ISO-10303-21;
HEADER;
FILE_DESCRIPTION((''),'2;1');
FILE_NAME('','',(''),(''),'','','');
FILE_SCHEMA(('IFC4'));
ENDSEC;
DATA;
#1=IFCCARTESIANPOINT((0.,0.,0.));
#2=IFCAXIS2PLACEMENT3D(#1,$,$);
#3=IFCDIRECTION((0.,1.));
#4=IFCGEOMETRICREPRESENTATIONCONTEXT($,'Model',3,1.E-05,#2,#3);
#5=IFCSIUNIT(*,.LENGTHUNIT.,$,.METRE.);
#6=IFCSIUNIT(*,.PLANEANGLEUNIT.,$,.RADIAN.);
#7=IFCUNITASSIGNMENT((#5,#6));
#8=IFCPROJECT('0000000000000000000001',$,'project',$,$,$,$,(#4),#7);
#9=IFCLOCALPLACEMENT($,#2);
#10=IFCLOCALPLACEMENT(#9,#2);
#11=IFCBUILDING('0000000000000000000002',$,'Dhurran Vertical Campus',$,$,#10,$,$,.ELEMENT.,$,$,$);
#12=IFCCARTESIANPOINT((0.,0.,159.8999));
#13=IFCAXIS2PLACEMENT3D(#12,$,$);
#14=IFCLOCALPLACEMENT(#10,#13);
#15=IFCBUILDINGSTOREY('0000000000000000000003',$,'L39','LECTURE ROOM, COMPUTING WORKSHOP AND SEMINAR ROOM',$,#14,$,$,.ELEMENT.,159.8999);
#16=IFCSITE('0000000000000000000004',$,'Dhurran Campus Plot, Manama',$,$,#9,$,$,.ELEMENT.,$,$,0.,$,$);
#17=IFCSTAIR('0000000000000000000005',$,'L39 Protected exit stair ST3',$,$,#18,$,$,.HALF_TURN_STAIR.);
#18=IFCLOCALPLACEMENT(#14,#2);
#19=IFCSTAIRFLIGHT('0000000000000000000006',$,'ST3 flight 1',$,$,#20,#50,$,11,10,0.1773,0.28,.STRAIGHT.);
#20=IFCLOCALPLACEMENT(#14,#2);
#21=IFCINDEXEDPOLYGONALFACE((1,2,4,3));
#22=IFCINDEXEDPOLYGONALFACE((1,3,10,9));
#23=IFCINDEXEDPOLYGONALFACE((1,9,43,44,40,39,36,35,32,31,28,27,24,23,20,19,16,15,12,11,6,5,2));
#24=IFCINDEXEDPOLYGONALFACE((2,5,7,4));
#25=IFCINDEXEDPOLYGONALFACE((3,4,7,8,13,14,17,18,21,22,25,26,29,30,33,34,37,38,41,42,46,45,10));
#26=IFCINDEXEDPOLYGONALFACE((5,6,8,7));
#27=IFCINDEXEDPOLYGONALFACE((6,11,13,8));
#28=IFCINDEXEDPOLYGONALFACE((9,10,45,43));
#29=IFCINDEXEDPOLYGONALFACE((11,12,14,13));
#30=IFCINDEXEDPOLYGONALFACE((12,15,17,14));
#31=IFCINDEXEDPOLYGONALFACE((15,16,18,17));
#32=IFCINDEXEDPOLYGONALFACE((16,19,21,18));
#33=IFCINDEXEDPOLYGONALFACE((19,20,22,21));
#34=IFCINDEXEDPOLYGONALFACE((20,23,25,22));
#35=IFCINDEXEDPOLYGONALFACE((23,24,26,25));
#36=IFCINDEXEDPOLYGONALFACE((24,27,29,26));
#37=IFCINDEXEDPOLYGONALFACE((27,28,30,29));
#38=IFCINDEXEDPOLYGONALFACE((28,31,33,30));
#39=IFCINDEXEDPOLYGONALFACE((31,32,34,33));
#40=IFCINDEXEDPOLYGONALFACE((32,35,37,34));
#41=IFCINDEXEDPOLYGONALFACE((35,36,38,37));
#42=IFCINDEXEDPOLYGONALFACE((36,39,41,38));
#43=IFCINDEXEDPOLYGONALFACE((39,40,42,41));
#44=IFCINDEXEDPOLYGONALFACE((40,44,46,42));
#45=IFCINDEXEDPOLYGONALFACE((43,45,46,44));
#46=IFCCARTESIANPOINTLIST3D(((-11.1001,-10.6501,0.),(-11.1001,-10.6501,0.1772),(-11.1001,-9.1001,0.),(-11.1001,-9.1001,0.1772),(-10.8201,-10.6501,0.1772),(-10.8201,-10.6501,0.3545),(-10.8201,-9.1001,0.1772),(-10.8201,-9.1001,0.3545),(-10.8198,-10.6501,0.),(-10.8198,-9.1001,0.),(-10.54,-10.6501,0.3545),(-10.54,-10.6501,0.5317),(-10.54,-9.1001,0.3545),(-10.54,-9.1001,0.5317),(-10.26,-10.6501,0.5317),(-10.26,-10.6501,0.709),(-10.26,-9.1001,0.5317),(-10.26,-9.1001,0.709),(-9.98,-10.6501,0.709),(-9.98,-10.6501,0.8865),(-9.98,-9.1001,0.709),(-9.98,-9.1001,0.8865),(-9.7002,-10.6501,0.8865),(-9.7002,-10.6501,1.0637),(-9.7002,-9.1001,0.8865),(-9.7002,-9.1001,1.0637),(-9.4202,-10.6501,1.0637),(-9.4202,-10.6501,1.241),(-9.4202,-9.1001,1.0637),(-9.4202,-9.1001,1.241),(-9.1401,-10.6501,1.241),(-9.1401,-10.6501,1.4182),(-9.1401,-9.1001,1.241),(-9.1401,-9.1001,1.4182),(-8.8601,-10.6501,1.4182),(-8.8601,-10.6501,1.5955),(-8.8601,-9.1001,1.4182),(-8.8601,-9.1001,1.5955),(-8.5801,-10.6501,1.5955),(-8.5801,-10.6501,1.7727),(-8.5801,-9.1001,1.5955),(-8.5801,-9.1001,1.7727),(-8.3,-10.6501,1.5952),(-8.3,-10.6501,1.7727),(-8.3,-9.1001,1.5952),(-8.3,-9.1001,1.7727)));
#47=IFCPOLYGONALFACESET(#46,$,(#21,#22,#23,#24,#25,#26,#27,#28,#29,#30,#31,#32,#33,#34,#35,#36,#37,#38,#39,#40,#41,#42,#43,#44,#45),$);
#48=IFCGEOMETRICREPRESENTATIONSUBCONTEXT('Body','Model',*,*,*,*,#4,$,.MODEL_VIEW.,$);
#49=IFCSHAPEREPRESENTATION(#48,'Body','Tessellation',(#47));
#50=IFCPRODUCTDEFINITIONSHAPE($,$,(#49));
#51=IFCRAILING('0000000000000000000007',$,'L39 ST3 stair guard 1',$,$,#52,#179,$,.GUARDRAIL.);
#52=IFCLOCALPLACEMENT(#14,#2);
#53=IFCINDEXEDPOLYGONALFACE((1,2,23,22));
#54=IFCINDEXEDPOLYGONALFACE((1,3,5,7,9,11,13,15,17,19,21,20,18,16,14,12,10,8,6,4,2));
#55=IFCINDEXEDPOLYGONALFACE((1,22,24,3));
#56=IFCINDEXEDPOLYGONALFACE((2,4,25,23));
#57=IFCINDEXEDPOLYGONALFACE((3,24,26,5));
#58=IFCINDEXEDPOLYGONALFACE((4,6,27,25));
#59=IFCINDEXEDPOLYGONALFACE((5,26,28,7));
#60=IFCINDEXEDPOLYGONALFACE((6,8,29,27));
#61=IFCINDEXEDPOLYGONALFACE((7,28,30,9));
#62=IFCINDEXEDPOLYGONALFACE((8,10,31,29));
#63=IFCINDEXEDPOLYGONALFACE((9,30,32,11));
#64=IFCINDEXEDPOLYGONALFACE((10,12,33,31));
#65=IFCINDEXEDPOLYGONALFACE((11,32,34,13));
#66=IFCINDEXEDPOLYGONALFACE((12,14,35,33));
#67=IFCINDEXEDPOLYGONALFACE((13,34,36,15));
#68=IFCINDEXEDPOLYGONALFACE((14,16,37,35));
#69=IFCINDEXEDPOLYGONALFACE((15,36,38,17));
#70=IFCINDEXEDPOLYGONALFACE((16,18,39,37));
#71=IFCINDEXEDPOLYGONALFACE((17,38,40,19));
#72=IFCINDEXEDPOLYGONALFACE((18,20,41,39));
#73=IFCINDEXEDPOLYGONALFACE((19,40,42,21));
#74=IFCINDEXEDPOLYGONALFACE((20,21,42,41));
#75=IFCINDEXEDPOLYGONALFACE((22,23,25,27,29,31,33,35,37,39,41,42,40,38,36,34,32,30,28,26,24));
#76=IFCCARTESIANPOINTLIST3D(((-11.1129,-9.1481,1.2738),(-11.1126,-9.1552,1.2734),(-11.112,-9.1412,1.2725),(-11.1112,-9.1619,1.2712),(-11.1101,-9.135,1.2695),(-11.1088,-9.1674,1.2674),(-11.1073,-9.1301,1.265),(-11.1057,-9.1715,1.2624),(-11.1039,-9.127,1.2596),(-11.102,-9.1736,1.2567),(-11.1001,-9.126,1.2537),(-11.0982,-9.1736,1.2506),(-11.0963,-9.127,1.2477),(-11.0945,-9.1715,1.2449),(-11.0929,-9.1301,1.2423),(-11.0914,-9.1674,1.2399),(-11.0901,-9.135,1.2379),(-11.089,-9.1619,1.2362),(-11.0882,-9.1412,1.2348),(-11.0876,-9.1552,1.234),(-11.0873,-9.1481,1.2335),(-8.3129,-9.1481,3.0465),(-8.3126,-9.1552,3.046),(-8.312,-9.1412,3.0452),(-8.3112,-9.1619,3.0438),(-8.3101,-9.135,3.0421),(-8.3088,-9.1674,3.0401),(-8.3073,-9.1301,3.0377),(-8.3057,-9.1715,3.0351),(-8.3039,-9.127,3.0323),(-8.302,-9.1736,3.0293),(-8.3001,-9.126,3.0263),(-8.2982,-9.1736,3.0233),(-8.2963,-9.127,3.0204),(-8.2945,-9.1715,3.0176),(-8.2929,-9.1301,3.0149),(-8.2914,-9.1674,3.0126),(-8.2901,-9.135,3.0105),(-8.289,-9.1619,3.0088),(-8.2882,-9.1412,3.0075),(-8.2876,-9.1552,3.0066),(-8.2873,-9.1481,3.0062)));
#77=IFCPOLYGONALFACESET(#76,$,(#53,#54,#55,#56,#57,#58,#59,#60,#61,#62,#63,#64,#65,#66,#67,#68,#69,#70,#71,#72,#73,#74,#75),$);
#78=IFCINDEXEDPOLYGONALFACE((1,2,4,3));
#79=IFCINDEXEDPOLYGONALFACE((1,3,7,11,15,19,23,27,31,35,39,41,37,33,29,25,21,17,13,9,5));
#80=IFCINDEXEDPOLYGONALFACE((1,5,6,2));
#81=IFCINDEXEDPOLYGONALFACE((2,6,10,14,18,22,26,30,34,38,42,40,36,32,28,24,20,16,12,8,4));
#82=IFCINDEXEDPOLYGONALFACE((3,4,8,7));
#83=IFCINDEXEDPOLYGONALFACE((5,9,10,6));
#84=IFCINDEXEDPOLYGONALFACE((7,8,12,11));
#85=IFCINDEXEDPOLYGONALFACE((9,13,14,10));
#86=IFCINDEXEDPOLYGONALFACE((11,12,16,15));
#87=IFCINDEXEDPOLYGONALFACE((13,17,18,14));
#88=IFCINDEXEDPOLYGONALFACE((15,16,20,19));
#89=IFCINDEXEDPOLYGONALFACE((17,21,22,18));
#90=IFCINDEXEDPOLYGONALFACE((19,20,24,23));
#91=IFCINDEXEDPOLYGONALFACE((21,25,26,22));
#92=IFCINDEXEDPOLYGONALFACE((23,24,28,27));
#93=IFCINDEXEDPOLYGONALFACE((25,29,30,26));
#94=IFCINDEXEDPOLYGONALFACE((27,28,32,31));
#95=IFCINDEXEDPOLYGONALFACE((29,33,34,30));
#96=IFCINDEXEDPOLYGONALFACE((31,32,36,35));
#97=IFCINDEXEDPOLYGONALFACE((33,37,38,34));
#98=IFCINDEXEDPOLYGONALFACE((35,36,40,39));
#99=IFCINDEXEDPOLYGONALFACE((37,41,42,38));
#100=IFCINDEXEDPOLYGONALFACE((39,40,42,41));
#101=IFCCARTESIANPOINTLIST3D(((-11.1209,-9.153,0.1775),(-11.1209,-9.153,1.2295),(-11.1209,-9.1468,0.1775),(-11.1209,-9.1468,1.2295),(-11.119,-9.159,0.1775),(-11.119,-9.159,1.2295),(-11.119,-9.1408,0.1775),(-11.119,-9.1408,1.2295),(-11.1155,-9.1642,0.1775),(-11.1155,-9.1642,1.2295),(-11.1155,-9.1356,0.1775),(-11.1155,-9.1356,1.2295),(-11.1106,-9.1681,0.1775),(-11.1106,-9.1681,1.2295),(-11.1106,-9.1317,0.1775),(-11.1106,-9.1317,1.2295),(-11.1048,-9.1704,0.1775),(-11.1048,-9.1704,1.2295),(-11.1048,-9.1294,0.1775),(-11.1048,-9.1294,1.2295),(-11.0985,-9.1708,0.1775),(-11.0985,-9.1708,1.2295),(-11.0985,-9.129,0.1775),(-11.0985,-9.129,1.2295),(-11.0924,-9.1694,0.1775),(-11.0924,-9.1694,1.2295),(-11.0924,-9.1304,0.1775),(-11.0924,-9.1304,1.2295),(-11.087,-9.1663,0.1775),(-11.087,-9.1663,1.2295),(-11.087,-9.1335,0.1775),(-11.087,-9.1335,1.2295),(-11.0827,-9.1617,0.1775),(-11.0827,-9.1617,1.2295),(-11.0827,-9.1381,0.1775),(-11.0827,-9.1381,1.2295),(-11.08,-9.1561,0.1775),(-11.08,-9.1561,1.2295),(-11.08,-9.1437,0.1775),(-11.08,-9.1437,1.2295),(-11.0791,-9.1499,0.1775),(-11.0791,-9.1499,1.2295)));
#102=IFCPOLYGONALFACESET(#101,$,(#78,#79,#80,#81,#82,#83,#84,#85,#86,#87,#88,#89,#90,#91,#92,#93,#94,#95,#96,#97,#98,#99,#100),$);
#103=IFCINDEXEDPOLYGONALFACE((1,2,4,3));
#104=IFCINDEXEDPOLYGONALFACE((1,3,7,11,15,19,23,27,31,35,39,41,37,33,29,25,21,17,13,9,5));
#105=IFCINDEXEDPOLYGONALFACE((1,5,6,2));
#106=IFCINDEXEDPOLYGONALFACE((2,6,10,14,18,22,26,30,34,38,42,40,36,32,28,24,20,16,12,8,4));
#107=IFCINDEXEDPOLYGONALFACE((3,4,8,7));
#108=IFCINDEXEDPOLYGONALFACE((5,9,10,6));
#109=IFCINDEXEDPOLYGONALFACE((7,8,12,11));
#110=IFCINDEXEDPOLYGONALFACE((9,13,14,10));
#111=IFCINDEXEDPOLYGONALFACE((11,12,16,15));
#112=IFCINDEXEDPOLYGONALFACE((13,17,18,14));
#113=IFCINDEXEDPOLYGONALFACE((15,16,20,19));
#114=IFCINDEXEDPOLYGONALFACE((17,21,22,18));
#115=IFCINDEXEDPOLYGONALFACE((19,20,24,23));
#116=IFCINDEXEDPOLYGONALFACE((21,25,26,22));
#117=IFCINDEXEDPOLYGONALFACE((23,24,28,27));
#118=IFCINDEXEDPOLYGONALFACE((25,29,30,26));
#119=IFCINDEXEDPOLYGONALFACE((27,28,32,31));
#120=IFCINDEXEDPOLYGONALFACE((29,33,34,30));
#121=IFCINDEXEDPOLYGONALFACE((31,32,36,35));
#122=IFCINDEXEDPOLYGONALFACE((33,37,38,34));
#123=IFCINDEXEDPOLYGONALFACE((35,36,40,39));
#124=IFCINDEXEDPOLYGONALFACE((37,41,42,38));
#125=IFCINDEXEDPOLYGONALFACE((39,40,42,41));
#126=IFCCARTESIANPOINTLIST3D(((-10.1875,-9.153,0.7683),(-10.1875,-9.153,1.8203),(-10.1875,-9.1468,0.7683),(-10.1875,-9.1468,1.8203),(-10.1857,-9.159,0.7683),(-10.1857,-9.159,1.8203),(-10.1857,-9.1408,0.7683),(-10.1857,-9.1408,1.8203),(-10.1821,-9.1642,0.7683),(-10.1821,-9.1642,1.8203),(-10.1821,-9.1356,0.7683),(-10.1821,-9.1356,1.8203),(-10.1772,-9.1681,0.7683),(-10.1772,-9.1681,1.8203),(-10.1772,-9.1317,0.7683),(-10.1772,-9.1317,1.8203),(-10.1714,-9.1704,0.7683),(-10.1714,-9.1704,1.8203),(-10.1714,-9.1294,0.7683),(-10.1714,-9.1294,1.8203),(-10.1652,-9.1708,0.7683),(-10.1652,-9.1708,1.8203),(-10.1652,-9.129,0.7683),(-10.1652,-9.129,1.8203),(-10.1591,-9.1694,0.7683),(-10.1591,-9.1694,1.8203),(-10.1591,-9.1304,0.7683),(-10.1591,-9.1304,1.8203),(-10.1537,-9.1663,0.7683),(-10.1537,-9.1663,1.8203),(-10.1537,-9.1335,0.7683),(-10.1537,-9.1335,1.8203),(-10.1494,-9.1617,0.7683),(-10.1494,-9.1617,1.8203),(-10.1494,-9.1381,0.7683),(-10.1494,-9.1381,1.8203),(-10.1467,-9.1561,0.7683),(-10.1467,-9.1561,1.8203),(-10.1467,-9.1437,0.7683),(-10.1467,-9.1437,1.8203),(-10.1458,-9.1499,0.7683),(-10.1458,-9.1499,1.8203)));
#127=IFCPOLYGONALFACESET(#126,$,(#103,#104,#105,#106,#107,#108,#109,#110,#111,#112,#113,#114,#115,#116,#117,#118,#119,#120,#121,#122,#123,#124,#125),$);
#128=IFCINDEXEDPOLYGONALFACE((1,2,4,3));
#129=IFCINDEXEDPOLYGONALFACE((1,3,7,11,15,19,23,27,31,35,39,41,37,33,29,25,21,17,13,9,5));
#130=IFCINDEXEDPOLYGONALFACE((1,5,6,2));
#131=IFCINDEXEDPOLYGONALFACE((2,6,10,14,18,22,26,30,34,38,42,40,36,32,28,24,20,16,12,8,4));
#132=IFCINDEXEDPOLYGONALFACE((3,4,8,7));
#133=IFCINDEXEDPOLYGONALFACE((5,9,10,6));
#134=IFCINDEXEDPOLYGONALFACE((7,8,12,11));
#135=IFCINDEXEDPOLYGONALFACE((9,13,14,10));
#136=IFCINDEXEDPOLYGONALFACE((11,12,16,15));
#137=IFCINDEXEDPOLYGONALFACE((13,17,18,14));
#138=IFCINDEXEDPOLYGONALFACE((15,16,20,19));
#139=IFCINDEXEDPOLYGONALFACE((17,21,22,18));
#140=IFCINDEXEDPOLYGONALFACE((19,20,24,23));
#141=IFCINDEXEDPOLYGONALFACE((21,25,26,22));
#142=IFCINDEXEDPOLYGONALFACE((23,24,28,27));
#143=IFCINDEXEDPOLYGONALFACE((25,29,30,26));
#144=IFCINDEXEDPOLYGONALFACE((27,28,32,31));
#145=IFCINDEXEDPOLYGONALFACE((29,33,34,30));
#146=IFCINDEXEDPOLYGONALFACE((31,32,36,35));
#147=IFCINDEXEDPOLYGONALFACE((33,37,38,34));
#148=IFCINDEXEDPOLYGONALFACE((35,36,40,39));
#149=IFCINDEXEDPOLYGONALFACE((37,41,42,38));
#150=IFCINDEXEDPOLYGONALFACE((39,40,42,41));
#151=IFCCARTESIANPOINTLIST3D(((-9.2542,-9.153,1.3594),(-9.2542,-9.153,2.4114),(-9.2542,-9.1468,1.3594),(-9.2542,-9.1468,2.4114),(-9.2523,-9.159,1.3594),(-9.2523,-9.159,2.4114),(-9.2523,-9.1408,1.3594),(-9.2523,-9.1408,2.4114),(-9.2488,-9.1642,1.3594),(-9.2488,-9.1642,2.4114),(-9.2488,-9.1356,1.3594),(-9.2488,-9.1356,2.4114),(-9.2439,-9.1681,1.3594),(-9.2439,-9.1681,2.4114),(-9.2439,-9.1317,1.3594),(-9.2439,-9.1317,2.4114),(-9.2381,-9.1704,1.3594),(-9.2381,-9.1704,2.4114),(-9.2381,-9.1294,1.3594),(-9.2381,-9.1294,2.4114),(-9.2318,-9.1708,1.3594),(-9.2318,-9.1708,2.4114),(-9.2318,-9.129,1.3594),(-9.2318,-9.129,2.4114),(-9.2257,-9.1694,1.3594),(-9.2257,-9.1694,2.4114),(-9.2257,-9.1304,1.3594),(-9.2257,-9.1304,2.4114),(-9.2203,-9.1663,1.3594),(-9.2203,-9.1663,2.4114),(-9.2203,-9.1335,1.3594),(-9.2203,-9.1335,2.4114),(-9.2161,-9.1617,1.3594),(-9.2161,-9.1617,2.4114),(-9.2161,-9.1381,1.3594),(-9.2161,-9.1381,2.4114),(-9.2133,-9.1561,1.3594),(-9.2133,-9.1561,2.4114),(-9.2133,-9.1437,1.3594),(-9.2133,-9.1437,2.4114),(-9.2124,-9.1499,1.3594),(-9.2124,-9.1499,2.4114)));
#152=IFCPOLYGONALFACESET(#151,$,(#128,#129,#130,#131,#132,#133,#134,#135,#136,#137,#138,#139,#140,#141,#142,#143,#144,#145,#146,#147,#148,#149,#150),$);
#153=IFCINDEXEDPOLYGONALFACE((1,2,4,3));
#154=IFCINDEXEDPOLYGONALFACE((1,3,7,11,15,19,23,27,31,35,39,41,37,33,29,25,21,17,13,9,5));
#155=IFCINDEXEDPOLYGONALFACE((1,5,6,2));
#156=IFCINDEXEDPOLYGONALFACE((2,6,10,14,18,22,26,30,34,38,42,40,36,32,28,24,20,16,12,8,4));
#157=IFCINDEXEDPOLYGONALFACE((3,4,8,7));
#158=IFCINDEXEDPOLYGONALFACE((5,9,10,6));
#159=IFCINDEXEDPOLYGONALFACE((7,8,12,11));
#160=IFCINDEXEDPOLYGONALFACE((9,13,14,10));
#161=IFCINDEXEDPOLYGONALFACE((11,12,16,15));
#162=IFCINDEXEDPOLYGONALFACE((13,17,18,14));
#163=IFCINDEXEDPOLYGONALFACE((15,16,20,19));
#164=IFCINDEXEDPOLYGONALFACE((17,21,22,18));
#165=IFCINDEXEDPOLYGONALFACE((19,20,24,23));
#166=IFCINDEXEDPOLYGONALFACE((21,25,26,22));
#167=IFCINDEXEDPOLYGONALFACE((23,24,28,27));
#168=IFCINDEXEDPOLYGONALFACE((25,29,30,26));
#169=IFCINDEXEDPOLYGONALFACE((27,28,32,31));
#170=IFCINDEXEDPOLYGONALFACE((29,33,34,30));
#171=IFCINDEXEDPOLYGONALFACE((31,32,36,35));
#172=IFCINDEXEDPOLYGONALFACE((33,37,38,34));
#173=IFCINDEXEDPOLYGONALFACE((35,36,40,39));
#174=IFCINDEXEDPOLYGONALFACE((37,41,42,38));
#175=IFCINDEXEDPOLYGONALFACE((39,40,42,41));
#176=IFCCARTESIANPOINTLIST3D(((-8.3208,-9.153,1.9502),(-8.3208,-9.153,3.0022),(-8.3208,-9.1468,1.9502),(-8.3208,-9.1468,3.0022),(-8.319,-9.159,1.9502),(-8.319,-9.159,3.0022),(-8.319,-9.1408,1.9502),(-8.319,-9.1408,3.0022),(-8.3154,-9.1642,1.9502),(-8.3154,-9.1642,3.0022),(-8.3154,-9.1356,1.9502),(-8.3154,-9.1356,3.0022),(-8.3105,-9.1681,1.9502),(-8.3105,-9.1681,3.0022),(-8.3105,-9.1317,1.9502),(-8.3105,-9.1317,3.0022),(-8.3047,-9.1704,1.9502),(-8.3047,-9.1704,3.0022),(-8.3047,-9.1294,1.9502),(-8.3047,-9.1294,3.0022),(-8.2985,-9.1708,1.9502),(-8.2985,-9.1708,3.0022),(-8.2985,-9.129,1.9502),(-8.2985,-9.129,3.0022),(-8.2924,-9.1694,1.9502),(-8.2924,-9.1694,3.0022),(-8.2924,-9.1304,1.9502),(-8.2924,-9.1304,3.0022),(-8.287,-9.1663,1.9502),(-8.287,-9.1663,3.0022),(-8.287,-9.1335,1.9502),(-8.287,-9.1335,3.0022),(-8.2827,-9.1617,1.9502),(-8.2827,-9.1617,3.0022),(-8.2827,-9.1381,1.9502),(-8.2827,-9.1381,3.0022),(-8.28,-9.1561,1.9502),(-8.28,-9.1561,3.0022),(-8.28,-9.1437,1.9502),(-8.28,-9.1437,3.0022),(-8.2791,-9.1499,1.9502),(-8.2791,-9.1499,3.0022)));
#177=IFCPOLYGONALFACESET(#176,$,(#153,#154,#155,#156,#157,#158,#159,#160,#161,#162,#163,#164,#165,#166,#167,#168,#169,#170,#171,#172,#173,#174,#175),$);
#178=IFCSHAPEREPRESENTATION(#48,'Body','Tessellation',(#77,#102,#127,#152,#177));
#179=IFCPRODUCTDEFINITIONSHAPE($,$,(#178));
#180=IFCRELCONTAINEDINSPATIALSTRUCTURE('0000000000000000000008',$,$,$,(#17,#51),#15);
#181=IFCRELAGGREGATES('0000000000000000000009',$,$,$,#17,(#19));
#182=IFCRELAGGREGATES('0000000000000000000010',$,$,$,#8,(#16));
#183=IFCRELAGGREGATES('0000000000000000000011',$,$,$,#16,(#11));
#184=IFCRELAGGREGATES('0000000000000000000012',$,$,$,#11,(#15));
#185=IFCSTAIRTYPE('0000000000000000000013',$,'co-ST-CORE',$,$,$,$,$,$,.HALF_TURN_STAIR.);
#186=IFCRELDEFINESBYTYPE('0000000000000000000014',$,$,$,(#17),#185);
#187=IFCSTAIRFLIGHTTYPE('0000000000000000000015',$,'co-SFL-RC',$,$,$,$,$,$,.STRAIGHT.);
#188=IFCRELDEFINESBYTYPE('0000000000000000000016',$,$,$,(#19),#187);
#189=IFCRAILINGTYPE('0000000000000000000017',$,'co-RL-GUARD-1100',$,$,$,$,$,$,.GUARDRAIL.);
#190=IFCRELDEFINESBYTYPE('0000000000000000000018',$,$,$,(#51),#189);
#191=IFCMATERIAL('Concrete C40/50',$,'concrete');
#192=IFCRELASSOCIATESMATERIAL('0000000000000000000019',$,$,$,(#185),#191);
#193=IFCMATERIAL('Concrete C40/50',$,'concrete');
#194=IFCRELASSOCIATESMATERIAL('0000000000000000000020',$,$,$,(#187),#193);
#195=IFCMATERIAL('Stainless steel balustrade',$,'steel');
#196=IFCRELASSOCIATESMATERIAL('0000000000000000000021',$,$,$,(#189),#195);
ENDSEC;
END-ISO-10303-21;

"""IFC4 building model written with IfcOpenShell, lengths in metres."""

from ifc_helpers import new_model, si_unit, direction, frame, origin, origin_2d, place, context, subcontext, project, spatial, polyline, circle, outline, extrude, material, type_object, element, aggregate, save


model = new_model("IFC4")

# Units and contexts
model_context = context("Model", 3, precision=1e-05, world=origin(), true_north=direction((0.0, 1.0)))
body_context = subcontext(model_context, "Body", "Model", "MODEL_VIEW")
ifc_project = project(units=[si_unit("LENGTHUNIT", "METRE"), si_unit("PLANEANGLEUNIT", "RADIAN")], contexts=[model_context])

# Site, building, storey
site_placement = place(None, origin())
site = spatial("IfcSite", under=ifc_project, at=site_placement, Name="Dhurran Campus Plot, Manama", CompositionType="ELEMENT", RefElevation=0.0)
building_placement = place(site_placement, origin())
building = spatial("IfcBuilding", under=site, at=building_placement, Name="Dhurran Vertical Campus", CompositionType="ELEMENT")
storey_placement = place(building_placement, frame((0.0, 0.0, 159.8999)))
storey = spatial("IfcBuildingStorey", under=building, at=storey_placement, Name="L39", Description="LECTURE ROOM, COMPUTING WORKSHOP AND SEMINAR ROOM", CompositionType="ELEMENT", Elevation=159.8999)

# Stair, stair flight
ifc_material_1 = material(Name="Concrete C40/50", Category="concrete")
stair_type = type_object("IfcStairType", Name="co-ST-CORE", PredefinedType="HALF_TURN_STAIR", material=ifc_material_1)
stair_placement = place(storey_placement, origin())
stair = element("IfcStair", 1, at=stair_placement, inside=storey, type_object=stair_type, Name="L39 Protected exit stair ST3", PredefinedType="HALF_TURN_STAIR")
ifc_material_2 = material(Name="Concrete C40/50", Category="concrete")
stair_flight_type = type_object("IfcStairFlightType", Name="co-SFL-RC", PredefinedType="STRAIGHT", material=ifc_material_2)
stair_flight_placement = place(storey_placement, frame((-11.1001, -9.875, 0.0), z_axis=(0.0, 0.0, 1.0), x_axis=(1.0, 0.0, 0.0)))
stair_flight = element("IfcStairFlight", 2, at=stair_flight_placement, type_object=stair_flight_type, Name="ST3 flight 1", NumberOfRisers=11, NumberOfTreads=10, PredefinedType="STRAIGHT", RiserHeight=0.1773, TreadLength=0.28, context=body_context, shape_type="SweptSolid", body=[
    extrude(outline(polyline([(0.0, 0.0), (0.0, 0.1772), (0.28, 0.1772), (0.28, 0.3545), (0.5601, 0.3545), (0.5601, 0.5317), (0.8401, 0.5317), (0.8401, 0.709), (1.1201, 0.709), (1.1201, 0.8865), (1.3999, 0.8865), (1.3999, 1.0637), (1.6799, 1.0637), (1.6799, 1.241), (1.96, 1.241), (1.96, 1.4182), (2.24, 1.4182), (2.24, 1.5955), (2.52, 1.5955), (2.52, 1.7727), (2.8, 1.7727), (2.8, 1.95), (2.8, 1.5952), (0.2803, 0.0), (0.0, 0.0)])), frame((0.0, 0.7749, 0.0), z_axis=(0.0, -1.0, 0.0), x_axis=(1.0, 0.0, 0.0)), (0.0, 0.0, 1.0), 1.55),
])
aggregate(stair, [stair_flight])

# Railing
ifc_material_3 = material(Name="Stainless steel balustrade", Category="steel")
railing_type_1 = type_object("IfcRailingType", Name="co-RL-GUARD-1100", PredefinedType="GUARDRAIL", material=ifc_material_3)
railing_1_placement = place(storey_placement, frame((-11.1001, -9.1499, 0.1775)))
element("IfcRailing", 3, at=railing_1_placement, inside=storey, type_object=railing_type_1, Name="L39 ST3 stair guard 1", PredefinedType="GUARDRAIL", context=body_context, shape_type="SweptSolid", body=[
    extrude(circle(Radius=0.0239, at=origin_2d()), frame((0.0, 0.0, 1.0762), z_axis=(0.844909, 0.0, 0.53491), x_axis=(0.0, 1.0, 0.0)), (0.0, 0.0, 1.0), 3.314),
    extrude(circle(Radius=0.021, at=origin_2d()), origin(), (0.0, 0.0, 1.0), 1.052),
    extrude(circle(Radius=0.021, at=origin_2d()), frame((0.9333, 0.0, 0.5908)), (0.0, 0.0, 1.0), 1.052),
    extrude(circle(Radius=0.021, at=origin_2d()), frame((1.8667, 0.0, 1.1819)), (0.0, 0.0, 1.0), 1.052),
    extrude(circle(Radius=0.021, at=origin_2d()), frame((2.8, 0.0, 1.7727)), (0.0, 0.0, 1.0), 1.052),
])

save(model, "model.ifc")
